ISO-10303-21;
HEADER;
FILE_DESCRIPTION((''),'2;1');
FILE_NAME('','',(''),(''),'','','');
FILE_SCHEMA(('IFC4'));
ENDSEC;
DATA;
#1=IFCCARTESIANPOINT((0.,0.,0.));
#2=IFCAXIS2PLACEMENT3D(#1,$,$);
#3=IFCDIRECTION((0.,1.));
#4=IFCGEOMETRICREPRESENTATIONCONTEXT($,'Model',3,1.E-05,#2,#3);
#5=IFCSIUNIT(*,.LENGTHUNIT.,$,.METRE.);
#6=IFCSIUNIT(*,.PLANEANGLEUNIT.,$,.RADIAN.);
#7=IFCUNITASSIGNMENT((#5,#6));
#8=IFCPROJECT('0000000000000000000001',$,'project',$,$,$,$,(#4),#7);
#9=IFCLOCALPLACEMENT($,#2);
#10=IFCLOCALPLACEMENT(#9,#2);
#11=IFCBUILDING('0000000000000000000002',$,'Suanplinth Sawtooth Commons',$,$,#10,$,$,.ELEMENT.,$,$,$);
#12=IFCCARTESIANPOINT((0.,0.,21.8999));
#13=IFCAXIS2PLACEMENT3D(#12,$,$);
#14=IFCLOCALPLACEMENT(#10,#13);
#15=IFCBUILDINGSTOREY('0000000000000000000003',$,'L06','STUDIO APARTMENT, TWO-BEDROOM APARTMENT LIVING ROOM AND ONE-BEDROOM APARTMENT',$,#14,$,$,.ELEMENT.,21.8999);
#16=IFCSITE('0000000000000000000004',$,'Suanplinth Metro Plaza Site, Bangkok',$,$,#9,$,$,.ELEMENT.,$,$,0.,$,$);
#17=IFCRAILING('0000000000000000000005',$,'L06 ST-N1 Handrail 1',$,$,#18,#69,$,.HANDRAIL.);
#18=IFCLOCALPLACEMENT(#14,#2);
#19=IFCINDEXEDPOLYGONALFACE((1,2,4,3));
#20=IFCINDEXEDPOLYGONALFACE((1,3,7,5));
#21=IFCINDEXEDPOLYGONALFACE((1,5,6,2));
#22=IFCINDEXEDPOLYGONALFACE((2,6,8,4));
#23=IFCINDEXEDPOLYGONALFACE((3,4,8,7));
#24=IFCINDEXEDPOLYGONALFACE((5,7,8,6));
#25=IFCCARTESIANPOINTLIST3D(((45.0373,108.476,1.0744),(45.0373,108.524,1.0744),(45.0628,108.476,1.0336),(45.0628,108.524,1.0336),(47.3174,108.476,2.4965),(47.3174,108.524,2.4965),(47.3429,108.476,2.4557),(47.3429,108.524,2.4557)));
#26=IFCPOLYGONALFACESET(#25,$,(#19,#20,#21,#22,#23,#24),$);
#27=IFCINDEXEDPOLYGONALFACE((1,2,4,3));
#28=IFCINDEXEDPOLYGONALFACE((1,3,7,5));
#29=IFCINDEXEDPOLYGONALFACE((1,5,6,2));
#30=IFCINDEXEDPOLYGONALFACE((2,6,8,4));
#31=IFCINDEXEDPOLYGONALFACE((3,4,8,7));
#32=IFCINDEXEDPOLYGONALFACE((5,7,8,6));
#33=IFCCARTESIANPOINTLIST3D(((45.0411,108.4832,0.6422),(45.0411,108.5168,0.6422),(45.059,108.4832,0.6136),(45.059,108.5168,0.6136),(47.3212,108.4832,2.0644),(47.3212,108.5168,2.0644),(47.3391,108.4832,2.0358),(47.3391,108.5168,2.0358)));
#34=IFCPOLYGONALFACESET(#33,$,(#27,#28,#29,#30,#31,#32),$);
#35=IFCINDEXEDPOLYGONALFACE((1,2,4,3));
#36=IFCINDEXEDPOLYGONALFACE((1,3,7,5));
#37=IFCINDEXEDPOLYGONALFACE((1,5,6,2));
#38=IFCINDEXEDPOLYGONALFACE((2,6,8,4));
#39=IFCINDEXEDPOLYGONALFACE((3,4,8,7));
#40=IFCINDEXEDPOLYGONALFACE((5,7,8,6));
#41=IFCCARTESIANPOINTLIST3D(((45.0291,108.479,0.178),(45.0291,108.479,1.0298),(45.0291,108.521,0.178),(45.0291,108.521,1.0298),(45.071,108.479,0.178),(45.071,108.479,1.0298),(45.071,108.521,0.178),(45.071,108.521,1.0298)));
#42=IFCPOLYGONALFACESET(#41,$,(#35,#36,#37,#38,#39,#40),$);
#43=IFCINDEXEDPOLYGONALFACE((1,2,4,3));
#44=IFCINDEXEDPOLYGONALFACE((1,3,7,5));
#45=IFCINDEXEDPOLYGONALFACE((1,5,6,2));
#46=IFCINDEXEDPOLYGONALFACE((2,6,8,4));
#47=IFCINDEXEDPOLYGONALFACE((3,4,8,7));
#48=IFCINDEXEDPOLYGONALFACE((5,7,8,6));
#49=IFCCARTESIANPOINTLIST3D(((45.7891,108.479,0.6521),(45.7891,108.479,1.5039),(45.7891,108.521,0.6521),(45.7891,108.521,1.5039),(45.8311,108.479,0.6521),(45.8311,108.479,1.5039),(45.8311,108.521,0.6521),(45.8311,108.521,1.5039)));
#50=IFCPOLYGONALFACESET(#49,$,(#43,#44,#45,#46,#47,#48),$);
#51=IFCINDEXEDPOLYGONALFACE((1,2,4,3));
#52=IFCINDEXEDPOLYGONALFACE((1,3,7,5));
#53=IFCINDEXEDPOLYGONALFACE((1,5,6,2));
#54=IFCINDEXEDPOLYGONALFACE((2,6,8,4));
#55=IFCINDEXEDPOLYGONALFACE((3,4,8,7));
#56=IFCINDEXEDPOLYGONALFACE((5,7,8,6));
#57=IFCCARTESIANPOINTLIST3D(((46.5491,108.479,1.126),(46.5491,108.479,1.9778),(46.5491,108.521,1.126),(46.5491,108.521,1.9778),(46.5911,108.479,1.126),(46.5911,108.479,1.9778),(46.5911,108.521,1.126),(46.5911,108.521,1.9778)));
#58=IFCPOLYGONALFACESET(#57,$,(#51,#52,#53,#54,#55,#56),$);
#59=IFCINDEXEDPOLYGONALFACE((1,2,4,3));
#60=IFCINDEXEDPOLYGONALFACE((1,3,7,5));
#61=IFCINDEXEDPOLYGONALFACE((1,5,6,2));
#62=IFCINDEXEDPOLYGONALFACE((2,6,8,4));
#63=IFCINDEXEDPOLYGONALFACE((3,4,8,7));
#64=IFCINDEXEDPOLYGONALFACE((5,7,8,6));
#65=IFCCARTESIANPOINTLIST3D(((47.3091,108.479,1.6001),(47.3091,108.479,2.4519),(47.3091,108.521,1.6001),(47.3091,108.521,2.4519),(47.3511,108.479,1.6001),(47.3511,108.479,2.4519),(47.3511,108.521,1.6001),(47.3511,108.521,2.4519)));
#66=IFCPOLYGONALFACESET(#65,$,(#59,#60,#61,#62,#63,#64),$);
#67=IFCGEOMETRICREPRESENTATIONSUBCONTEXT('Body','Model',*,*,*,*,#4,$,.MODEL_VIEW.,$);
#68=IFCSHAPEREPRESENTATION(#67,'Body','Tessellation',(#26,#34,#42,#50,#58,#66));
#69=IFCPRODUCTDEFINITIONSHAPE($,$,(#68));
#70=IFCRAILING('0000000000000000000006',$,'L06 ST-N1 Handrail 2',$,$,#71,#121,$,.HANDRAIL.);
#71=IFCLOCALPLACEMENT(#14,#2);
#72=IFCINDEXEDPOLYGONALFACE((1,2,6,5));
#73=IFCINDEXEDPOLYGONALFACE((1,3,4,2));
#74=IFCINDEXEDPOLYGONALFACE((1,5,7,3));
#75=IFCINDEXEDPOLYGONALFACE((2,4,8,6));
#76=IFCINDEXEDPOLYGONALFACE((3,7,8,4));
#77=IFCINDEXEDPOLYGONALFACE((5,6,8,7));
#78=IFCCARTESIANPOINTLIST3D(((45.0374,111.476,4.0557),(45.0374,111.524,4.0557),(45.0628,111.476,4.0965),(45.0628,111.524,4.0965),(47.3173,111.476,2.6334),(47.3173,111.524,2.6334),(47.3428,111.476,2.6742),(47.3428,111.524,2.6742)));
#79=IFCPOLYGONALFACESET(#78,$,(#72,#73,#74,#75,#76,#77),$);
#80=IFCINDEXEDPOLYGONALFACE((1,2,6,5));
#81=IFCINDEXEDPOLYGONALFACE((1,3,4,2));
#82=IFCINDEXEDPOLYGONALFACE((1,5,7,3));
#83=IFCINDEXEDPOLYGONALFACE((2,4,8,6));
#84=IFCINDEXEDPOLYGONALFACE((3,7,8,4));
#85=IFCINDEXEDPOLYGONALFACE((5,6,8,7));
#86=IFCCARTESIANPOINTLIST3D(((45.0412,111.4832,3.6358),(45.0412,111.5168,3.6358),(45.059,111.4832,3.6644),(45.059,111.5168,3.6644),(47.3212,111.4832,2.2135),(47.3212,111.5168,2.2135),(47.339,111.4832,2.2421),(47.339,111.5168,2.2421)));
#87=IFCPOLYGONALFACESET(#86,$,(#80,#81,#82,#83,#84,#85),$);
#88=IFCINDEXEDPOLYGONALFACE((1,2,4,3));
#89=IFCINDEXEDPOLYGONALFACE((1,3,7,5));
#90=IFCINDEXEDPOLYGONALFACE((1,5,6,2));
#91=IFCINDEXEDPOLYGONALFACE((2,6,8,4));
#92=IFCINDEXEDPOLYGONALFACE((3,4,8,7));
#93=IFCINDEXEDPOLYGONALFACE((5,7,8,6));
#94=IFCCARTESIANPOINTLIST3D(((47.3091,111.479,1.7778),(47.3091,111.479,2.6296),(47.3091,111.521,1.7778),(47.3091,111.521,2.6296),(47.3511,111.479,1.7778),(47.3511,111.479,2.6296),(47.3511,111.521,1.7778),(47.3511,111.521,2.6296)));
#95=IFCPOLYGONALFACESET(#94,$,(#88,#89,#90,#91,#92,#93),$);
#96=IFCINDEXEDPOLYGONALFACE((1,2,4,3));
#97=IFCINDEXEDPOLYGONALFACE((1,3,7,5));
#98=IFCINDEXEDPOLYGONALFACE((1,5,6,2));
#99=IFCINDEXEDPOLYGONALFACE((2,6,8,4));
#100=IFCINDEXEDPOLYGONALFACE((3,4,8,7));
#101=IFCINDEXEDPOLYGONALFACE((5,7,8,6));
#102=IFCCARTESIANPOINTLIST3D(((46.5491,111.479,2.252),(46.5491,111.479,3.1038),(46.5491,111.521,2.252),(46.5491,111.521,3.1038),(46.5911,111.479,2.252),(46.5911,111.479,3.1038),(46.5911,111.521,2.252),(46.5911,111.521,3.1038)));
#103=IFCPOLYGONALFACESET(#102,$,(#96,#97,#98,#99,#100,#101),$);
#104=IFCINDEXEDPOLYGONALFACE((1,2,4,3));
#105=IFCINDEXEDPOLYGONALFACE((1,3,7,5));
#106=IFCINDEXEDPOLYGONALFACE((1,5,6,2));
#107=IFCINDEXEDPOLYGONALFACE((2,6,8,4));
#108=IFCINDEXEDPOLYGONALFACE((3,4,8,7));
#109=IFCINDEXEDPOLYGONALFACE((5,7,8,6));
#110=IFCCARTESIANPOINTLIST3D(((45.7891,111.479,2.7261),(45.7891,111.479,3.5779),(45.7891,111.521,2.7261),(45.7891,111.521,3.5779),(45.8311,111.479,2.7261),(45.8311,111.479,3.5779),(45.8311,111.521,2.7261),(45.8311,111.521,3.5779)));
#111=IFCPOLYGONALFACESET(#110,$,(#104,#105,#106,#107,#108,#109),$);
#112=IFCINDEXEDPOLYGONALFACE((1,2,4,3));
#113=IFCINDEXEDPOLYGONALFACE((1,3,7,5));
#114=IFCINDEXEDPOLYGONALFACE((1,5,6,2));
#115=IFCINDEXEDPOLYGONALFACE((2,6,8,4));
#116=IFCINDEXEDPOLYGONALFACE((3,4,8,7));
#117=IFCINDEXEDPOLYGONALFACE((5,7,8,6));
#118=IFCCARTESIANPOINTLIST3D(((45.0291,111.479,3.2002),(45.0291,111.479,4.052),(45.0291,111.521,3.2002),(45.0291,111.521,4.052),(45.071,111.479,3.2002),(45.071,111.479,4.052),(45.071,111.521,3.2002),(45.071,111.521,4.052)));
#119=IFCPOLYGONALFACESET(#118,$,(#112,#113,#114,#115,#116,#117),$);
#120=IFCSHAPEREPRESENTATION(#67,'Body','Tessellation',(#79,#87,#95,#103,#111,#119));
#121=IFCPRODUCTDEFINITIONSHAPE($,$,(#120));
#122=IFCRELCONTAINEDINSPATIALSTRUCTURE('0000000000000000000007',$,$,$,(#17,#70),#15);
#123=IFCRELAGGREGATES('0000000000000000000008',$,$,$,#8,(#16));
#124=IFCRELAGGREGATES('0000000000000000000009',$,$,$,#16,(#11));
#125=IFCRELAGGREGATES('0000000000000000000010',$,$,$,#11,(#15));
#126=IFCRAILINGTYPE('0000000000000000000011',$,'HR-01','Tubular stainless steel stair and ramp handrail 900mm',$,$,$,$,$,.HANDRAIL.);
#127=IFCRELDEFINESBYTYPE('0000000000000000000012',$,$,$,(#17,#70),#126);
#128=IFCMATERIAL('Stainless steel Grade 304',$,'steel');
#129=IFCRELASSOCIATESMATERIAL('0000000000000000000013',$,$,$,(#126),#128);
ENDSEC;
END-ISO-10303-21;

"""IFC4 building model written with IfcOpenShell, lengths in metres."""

from ifc_helpers import new_model, si_unit, direction, frame, origin, origin_2d, place, context, subcontext, project, spatial, rectangle, extrude, material, type_object, element, save


model = new_model("IFC4")

# Units and contexts
model_context = context("Model", 3, precision=1e-05, world=origin(), true_north=direction((0.0, 1.0)))
body_context = subcontext(model_context, "Body", "Model", "MODEL_VIEW")
ifc_project = project(units=[si_unit("LENGTHUNIT", "METRE"), si_unit("PLANEANGLEUNIT", "RADIAN")], contexts=[model_context])

# Site, building, storey
site_placement = place(None, origin())
site = spatial("IfcSite", under=ifc_project, at=site_placement, Name="Suanplinth Metro Plaza Site, Bangkok", CompositionType="ELEMENT", RefElevation=0.0)
building_placement = place(site_placement, origin())
building = spatial("IfcBuilding", under=site, at=building_placement, Name="Suanplinth Sawtooth Commons", CompositionType="ELEMENT")
storey_placement = place(building_placement, frame((0.0, 0.0, 21.8999)))
storey = spatial("IfcBuildingStorey", under=building, at=storey_placement, Name="L06", Description="STUDIO APARTMENT, TWO-BEDROOM APARTMENT LIVING ROOM AND ONE-BEDROOM APARTMENT", CompositionType="ELEMENT", Elevation=21.8999)

# Railings
ifc_material_1 = material(Name="Stainless steel Grade 304", Category="steel")
railing_type_1 = type_object("IfcRailingType", Name="HR-01", Description="Tubular stainless steel stair and ramp handrail 900mm", PredefinedType="HANDRAIL", material=ifc_material_1)
railing_1_placement = place(storey_placement, frame((45.05, 108.5, 0.178)))
element("IfcRailing", 1, at=railing_1_placement, inside=storey, type_object=railing_type_1, Name="L06 ST-N1 Handrail 1", PredefinedType="HANDRAIL", context=body_context, shape_type="SweptSolid", body=[
    extrude(rectangle(XDim=0.0481, YDim=0.0481, at=origin_2d()), frame((0.0, 0.0, 0.876), z_axis=(0.848483, 0.0, 0.529223), x_axis=(0.0, 1.0, 0.0)), (0.0, 0.0, 1.0), 2.6873),
    extrude(rectangle(XDim=0.0337, YDim=0.0337, at=origin_2d()), frame((0.0, 0.0, 0.45), z_axis=(0.848483, 0.0, 0.529223), x_axis=(0.0, 1.0, 0.0)), (0.0, 0.0, 1.0), 2.6873),
    extrude(rectangle(XDim=0.042, YDim=0.042, at=origin_2d()), origin(), (0.0, 0.0, 1.0), 0.8518),
    extrude(rectangle(XDim=0.042, YDim=0.042, at=origin_2d()), frame((0.76, 0.0, 0.4741)), (0.0, 0.0, 1.0), 0.8518),
    extrude(rectangle(XDim=0.042, YDim=0.042, at=origin_2d()), frame((1.52, 0.0, 0.948)), (0.0, 0.0, 1.0), 0.8518),
    extrude(rectangle(XDim=0.042, YDim=0.042, at=origin_2d()), frame((2.28, 0.0, 1.4221)), (0.0, 0.0, 1.0), 0.8518),
])
railing_2_placement = place(storey_placement, frame((47.3301, 111.5, 1.7778)))
element("IfcRailing", 2, at=railing_2_placement, inside=storey, type_object=railing_type_1, Name="L06 ST-N1 Handrail 2", PredefinedType="HANDRAIL", context=body_context, shape_type="SweptSolid", body=[
    extrude(rectangle(XDim=0.0481, YDim=0.0481, at=origin_2d()), frame((0.0, 0.0, 0.876), z_axis=(-0.848442, 0.0, 0.529288), x_axis=(0.0, -1.0, 0.0)), (0.0, 0.0, 1.0), 2.6873),
    extrude(rectangle(XDim=0.0337, YDim=0.0337, at=origin_2d()), frame((0.0, 0.0, 0.45), z_axis=(-0.848442, 0.0, 0.529288), x_axis=(0.0, -1.0, 0.0)), (0.0, 0.0, 1.0), 2.6873),
    extrude(rectangle(XDim=0.042, YDim=0.042, at=origin_2d()), origin(), (0.0, 0.0, 1.0), 0.8518),
    extrude(rectangle(XDim=0.042, YDim=0.042, at=origin_2d()), frame((-0.76, 0.0, 0.4741)), (0.0, 0.0, 1.0), 0.8518),
    extrude(rectangle(XDim=0.042, YDim=0.042, at=origin_2d()), frame((-1.52, 0.0, 0.9482)), (0.0, 0.0, 1.0), 0.8518),
    extrude(rectangle(XDim=0.042, YDim=0.042, at=origin_2d()), frame((-2.28, 0.0, 1.4224)), (0.0, 0.0, 1.0), 0.8518),
])

save(model, "model.ifc")
